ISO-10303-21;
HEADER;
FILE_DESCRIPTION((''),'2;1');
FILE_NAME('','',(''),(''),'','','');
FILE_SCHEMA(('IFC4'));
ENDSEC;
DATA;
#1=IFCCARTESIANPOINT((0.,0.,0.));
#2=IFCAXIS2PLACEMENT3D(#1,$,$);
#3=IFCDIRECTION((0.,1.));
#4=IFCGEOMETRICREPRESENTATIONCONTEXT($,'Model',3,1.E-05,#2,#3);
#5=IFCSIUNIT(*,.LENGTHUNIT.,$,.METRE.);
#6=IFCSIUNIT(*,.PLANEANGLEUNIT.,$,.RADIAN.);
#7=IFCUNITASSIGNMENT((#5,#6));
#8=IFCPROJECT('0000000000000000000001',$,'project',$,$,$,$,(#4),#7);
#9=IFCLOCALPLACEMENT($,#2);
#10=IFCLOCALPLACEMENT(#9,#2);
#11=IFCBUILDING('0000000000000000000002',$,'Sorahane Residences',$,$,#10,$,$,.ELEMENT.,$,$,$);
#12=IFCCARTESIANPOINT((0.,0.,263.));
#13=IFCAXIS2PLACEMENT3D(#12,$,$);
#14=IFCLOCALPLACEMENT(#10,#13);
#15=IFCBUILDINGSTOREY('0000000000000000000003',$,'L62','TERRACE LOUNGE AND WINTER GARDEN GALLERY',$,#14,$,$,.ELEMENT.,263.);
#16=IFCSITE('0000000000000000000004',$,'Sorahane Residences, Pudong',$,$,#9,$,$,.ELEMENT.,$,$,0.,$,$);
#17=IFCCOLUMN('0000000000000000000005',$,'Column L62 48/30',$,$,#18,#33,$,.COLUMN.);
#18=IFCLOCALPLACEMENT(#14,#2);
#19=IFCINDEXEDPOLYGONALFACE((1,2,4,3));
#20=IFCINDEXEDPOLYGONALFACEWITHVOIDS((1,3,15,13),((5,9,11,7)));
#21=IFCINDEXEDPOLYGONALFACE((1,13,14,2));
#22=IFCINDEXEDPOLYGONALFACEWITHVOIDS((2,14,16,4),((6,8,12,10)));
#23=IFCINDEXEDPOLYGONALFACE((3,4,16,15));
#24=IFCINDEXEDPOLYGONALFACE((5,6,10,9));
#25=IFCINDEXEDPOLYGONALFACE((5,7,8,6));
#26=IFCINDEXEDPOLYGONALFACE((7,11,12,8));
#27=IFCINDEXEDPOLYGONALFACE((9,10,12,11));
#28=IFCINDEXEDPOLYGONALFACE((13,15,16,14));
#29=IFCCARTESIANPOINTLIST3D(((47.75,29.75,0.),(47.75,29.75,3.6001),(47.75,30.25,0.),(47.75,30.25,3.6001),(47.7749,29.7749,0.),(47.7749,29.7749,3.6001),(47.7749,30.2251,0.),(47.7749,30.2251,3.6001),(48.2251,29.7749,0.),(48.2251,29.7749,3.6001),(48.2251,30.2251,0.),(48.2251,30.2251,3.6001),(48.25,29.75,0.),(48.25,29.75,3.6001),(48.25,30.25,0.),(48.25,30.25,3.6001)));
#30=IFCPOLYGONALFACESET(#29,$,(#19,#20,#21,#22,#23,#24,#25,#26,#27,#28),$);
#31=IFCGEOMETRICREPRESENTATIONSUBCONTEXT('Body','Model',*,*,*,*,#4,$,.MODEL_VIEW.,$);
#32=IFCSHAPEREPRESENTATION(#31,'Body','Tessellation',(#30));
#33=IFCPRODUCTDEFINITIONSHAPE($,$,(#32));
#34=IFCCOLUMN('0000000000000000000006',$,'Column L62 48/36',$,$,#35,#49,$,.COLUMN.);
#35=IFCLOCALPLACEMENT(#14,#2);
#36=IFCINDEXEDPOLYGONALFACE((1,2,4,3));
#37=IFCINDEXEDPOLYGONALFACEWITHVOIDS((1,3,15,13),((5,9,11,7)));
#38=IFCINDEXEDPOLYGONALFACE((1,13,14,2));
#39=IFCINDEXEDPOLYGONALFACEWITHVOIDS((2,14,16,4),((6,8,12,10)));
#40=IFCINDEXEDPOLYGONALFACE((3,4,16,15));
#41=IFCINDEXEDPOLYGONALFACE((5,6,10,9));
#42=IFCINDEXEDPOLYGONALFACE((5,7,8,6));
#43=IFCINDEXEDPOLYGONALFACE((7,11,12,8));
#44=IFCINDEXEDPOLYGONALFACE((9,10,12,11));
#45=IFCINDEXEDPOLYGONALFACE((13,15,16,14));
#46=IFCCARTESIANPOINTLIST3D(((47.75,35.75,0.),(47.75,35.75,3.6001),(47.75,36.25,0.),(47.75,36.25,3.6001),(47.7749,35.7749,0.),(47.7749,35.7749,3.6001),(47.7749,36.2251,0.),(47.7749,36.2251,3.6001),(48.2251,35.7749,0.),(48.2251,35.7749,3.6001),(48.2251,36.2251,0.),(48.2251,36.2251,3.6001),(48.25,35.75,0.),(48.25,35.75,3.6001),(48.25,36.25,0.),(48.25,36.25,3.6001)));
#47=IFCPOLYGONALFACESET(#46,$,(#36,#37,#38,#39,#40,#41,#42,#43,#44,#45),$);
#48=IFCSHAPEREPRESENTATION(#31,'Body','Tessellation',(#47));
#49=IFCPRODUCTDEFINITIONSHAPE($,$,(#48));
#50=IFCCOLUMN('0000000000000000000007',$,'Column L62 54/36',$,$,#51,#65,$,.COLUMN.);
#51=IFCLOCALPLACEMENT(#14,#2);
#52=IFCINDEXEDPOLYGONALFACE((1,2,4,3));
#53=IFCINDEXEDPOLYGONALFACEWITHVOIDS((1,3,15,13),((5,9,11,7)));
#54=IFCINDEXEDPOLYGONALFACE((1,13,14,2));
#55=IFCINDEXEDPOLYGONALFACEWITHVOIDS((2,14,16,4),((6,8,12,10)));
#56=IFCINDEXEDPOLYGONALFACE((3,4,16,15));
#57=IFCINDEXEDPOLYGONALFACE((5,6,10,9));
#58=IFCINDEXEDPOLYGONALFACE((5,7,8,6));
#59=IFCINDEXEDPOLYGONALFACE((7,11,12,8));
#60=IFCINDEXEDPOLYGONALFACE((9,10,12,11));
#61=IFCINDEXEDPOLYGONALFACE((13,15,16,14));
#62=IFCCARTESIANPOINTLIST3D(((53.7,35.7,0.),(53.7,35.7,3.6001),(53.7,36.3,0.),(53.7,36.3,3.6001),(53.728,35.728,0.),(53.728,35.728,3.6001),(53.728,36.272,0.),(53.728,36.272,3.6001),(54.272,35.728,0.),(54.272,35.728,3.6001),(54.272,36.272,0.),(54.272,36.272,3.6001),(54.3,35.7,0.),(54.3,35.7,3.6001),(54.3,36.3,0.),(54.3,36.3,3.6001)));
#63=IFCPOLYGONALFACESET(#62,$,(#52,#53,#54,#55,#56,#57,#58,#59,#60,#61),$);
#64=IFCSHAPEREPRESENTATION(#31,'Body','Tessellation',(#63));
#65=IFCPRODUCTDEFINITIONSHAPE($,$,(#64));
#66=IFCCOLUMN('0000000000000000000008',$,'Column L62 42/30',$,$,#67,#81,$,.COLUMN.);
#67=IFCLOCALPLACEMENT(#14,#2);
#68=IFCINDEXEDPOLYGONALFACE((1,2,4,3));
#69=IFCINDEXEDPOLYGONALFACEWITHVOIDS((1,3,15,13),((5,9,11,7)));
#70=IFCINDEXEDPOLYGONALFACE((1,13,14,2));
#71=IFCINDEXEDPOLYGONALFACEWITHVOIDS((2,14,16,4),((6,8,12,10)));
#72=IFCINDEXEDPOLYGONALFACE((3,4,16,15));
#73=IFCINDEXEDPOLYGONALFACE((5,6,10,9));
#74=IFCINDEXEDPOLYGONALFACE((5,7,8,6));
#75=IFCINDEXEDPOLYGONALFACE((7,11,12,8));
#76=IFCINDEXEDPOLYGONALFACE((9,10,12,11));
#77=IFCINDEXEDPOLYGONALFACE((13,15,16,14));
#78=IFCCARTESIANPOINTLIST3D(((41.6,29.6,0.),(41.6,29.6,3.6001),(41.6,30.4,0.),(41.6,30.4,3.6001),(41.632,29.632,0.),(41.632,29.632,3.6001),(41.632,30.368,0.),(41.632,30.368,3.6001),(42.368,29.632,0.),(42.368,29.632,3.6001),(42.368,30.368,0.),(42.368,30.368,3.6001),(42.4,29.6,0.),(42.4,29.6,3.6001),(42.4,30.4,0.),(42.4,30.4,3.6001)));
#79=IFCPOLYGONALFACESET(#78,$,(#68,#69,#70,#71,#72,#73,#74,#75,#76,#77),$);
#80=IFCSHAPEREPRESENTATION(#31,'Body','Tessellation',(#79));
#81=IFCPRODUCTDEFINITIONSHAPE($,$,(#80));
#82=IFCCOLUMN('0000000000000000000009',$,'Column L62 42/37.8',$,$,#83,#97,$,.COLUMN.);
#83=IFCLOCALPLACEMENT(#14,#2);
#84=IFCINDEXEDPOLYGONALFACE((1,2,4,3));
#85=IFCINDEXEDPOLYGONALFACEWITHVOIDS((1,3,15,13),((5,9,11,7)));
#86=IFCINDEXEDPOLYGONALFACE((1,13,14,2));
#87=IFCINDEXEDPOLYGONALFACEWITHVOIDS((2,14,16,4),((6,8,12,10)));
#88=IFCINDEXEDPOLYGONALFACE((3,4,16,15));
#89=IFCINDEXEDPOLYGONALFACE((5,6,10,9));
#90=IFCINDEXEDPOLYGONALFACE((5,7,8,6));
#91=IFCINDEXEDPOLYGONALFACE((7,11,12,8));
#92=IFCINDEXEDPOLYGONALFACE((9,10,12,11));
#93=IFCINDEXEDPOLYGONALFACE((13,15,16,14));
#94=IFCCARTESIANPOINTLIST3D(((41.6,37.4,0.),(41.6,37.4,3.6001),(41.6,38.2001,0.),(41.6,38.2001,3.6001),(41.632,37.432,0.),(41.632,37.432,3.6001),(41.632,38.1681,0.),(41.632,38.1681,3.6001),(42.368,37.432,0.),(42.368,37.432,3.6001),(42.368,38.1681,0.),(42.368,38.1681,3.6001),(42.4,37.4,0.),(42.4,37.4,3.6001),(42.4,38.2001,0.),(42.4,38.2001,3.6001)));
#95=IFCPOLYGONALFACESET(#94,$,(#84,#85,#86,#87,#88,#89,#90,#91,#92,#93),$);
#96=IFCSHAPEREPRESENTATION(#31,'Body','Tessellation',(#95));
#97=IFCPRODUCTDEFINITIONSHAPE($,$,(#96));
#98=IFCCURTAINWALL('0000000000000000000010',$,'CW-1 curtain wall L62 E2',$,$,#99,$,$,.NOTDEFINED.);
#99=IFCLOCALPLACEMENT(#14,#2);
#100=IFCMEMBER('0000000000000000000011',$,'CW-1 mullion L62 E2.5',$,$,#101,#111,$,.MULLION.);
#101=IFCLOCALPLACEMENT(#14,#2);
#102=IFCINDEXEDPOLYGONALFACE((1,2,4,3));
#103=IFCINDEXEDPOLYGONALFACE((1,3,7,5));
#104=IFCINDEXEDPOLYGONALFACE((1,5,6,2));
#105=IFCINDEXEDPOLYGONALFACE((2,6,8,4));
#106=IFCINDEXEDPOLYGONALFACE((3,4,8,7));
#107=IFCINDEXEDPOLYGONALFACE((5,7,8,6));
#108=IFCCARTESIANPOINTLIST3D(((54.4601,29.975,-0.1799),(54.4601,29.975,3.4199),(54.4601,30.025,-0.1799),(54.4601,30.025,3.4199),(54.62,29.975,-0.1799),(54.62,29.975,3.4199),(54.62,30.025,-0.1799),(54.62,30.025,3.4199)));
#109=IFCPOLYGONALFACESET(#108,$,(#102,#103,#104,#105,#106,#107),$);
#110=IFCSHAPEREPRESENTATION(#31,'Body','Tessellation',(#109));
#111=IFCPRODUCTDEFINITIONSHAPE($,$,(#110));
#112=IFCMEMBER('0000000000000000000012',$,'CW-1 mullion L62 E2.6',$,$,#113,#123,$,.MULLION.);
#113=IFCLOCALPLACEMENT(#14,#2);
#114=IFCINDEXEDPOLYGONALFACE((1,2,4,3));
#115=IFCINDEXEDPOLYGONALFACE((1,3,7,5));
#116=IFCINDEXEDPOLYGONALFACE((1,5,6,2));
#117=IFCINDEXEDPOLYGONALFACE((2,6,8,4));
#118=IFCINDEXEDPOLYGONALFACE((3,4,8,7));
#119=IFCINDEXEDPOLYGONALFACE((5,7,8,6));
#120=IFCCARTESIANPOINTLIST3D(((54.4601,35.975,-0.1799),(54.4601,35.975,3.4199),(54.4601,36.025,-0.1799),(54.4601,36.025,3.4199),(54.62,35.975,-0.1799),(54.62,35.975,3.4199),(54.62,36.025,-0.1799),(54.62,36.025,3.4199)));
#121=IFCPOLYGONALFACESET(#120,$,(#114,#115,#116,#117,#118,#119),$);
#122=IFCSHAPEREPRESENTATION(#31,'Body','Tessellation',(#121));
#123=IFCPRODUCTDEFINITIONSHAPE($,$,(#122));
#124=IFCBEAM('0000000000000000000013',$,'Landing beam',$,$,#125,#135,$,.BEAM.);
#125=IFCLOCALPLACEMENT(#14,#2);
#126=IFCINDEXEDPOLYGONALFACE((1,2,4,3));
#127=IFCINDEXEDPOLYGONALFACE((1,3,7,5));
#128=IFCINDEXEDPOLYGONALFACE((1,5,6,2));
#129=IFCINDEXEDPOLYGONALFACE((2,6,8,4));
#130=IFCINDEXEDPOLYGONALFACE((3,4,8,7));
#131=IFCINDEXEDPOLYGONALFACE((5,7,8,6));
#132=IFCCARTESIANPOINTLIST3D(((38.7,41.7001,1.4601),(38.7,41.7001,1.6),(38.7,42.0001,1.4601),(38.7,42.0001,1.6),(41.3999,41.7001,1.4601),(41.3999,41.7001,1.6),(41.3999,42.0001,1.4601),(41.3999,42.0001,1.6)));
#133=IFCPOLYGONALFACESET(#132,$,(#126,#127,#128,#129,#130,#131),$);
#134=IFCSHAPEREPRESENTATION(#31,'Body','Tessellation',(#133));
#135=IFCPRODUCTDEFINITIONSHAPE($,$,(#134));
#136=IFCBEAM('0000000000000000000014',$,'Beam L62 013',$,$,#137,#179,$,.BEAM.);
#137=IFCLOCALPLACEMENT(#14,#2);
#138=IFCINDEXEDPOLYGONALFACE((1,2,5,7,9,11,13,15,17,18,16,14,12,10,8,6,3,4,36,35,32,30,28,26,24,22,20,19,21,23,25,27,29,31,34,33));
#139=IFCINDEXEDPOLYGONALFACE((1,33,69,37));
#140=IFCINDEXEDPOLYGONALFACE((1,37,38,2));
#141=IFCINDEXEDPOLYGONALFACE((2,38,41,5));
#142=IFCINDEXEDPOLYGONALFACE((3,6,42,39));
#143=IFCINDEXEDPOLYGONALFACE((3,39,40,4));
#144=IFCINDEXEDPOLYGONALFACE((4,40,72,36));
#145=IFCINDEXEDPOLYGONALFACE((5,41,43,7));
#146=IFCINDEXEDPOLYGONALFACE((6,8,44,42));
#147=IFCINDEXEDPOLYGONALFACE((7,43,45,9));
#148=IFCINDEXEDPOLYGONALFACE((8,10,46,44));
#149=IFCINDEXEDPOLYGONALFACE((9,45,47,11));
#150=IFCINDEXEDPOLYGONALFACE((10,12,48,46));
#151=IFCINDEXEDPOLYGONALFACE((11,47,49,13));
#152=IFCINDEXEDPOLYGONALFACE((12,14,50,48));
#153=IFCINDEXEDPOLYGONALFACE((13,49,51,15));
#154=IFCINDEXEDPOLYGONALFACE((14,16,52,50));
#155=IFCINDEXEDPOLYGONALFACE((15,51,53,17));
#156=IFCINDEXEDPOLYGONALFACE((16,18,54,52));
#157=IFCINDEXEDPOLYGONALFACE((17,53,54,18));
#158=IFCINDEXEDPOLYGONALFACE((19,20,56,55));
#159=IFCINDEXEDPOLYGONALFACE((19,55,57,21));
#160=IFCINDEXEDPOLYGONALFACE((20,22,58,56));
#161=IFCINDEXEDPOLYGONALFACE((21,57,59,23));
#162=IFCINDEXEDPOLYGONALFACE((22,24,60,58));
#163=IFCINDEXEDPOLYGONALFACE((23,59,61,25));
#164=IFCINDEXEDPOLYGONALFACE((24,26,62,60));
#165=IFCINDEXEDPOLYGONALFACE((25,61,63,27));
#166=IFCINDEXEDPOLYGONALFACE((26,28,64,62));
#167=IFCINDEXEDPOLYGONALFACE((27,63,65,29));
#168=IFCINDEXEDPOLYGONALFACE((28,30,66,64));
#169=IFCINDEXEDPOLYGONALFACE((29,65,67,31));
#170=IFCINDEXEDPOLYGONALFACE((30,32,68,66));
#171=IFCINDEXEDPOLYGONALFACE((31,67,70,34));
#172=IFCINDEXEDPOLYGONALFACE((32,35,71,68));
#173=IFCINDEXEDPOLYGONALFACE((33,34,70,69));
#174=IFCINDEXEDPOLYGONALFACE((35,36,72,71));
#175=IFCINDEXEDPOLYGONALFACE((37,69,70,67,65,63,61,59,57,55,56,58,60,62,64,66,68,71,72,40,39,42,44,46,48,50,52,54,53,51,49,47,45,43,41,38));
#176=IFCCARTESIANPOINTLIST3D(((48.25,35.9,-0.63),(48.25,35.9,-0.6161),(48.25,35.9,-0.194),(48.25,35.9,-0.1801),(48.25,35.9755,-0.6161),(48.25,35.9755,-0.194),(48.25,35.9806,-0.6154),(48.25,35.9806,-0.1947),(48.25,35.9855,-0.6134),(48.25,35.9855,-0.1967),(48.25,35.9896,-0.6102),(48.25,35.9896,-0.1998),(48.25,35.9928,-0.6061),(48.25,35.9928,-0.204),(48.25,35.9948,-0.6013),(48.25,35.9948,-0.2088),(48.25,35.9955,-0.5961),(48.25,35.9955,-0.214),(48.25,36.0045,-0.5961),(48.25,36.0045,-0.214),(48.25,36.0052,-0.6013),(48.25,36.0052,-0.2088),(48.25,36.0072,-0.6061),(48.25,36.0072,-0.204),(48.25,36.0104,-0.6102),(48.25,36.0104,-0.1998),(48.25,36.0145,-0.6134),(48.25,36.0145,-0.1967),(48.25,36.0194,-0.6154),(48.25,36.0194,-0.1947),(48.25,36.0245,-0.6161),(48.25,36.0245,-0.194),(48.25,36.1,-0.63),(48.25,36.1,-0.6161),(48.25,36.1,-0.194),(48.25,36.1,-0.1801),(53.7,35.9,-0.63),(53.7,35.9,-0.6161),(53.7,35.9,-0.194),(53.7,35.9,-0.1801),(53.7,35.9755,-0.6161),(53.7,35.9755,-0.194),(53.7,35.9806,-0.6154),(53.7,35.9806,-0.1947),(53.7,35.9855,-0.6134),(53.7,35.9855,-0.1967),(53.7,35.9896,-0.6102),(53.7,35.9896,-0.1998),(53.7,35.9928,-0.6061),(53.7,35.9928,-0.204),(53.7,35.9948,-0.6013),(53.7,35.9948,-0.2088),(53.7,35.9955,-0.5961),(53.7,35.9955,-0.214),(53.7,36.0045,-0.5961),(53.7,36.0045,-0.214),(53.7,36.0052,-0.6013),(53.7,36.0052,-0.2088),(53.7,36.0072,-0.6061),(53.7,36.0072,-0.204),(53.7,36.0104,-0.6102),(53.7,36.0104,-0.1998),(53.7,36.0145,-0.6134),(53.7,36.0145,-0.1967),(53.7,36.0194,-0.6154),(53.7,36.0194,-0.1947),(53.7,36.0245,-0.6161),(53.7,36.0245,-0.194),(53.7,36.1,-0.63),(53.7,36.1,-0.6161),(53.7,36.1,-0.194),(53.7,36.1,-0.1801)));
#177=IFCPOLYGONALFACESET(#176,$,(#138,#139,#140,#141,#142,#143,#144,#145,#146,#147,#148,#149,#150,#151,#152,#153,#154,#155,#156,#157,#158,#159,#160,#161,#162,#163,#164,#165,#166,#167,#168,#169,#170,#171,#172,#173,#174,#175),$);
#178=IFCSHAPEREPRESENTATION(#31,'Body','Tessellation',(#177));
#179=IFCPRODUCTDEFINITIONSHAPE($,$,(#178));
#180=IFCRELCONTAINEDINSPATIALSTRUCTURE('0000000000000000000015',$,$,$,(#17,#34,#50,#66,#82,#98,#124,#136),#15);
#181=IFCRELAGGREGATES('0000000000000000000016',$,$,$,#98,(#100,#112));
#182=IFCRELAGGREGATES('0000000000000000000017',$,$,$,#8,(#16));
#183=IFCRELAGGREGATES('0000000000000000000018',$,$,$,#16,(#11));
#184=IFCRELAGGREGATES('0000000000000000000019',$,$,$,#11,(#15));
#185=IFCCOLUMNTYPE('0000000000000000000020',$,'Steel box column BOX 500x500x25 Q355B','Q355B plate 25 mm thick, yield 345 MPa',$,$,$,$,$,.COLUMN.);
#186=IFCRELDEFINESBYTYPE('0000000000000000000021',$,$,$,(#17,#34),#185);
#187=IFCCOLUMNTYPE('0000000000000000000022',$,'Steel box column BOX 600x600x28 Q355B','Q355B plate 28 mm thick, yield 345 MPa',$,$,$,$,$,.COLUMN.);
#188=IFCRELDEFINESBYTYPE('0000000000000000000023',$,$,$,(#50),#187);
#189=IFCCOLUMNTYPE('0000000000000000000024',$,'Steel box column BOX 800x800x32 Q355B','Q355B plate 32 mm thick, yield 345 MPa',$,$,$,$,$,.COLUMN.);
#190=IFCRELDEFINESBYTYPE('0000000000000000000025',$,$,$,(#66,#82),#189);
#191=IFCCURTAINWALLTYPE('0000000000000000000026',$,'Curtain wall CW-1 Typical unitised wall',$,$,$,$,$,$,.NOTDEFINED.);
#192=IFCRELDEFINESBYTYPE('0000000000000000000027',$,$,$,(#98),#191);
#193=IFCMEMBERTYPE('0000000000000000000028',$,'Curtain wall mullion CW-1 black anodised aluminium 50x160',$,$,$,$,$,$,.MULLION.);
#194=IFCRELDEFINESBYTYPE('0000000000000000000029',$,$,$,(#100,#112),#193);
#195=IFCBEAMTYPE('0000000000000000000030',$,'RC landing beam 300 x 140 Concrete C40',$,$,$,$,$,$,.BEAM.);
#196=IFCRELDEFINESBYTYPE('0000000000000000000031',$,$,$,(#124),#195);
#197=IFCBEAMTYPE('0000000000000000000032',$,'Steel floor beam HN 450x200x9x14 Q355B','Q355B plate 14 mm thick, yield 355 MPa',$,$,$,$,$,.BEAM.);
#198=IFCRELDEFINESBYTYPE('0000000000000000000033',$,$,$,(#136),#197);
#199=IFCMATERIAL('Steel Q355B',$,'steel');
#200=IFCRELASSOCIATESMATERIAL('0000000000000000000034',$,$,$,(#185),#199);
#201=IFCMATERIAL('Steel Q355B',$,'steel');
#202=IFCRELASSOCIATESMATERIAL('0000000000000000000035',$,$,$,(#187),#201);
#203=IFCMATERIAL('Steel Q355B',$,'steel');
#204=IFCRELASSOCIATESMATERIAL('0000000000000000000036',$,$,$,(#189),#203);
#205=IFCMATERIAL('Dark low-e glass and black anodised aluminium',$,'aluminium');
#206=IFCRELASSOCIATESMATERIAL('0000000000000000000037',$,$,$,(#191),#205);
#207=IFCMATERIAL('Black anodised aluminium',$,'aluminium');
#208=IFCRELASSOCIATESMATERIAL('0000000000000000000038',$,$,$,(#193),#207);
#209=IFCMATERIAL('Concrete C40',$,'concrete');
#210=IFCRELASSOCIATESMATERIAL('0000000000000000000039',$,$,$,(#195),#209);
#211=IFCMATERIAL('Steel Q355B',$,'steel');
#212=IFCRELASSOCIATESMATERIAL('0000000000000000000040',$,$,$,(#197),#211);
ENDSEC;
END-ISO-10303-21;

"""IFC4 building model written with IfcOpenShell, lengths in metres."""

from ifc_helpers import new_model, si_unit, direction, frame, origin, origin_2d, place, context, subcontext, project, spatial, rectangle, hollow_rectangle, i_section, extrude, material, material_profile, profile_set, type_object, element, aggregate, save


model = new_model("IFC4")

# Units and contexts
model_context = context("Model", 3, precision=1e-05, world=origin(), true_north=direction((0.0, 1.0)))
body_context = subcontext(model_context, "Body", "Model", "MODEL_VIEW")
ifc_project = project(units=[si_unit("LENGTHUNIT", "METRE"), si_unit("PLANEANGLEUNIT", "RADIAN")], contexts=[model_context])

# Site, building, storey
site_placement = place(None, origin())
site = spatial("IfcSite", under=ifc_project, at=site_placement, Name="Sorahane Residences, Pudong", CompositionType="ELEMENT", RefElevation=0.0)
building_placement = place(site_placement, origin())
building = spatial("IfcBuilding", under=site, at=building_placement, Name="Sorahane Residences", CompositionType="ELEMENT")
storey_placement = place(building_placement, frame((0.0, 0.0, 263.0)))
storey = spatial("IfcBuildingStorey", under=building, at=storey_placement, Name="L62", Description="TERRACE LOUNGE AND WINTER GARDEN GALLERY", CompositionType="ELEMENT", Elevation=263.0)

# Columns
ifc_material_1 = material(Name="Steel Q355B", Category="steel")
ifc_material_profile_1 = material_profile(ifc_material_1, hollow_rectangle(XDim=0.5, YDim=0.5, WallThickness=0.0249, at=origin_2d()), Name="BOX 500x500x25")
ifc_profile_set_1 = profile_set([ifc_material_profile_1], Name="Steel Q355B")
column_type_1 = type_object("IfcColumnType", Name="Steel box column BOX 500x500x25 Q355B", Description="Q355B plate 25 mm thick, yield 345 MPa", PredefinedType="COLUMN", material=ifc_profile_set_1)
for number, where, z_axis, x_axis, name in (
    (1, (48.0, 30.0, 0.0), (0.0, 0.0, 1.0), (1.0, 0.0, 0.0), "Column L62 48/30"),
    (2, (48.0, 36.0, 0.0), (0.0, 0.0, 1.0), (1.0, 0.0, 0.0), "Column L62 48/36"),
):
    element("IfcColumn", number, at=place(storey_placement, frame(where, z_axis=z_axis, x_axis=x_axis)), inside=storey, type_object=column_type_1, Name=name, PredefinedType="COLUMN", context=body_context, shape_type="SweptSolid", body=[
        extrude(hollow_rectangle(XDim=0.5, YDim=0.5, WallThickness=0.0249, at=origin_2d()), origin(), (0.0, 0.0, 1.0), 3.6001),
    ])
ifc_material_2 = material(Name="Steel Q355B", Category="steel")
ifc_material_profile_2 = material_profile(ifc_material_2, hollow_rectangle(XDim=0.6001, YDim=0.6001, WallThickness=0.0281, at=origin_2d()), Name="BOX 600x600x28")
ifc_profile_set_2 = profile_set([ifc_material_profile_2], Name="Steel Q355B")
column_type_2 = type_object("IfcColumnType", Name="Steel box column BOX 600x600x28 Q355B", Description="Q355B plate 28 mm thick, yield 345 MPa", PredefinedType="COLUMN", material=ifc_profile_set_2)
column_placement = place(storey_placement, frame((54.0, 36.0, 0.0), z_axis=(0.0, 0.0, 1.0), x_axis=(1.0, 0.0, 0.0)))
element("IfcColumn", 3, at=column_placement, inside=storey, type_object=column_type_2, Name="Column L62 54/36", PredefinedType="COLUMN", context=body_context, shape_type="SweptSolid", body=[
    extrude(hollow_rectangle(XDim=0.6001, YDim=0.6001, WallThickness=0.0281, at=origin_2d()), origin(), (0.0, 0.0, 1.0), 3.6001),
])
ifc_material_3 = material(Name="Steel Q355B", Category="steel")
ifc_material_profile_3 = material_profile(ifc_material_3, hollow_rectangle(XDim=0.8, YDim=0.8, WallThickness=0.032, at=origin_2d()), Name="BOX 800x800x32")
ifc_profile_set_3 = profile_set([ifc_material_profile_3], Name="Steel Q355B")
column_type_3 = type_object("IfcColumnType", Name="Steel box column BOX 800x800x32 Q355B", Description="Q355B plate 32 mm thick, yield 345 MPa", PredefinedType="COLUMN", material=ifc_profile_set_3)
for number, where, z_axis, x_axis, name in (
    (4, (42.0, 30.0, 0.0), (0.0, 0.0, 1.0), (1.0, 0.0, 0.0), "Column L62 42/30"),
    (5, (42.0, 37.8, 0.0), (0.0, 0.0, 1.0), (1.0, 0.0, 0.0), "Column L62 42/37.8"),
):
    element("IfcColumn", number, at=place(storey_placement, frame(where, z_axis=z_axis, x_axis=x_axis)), inside=storey, type_object=column_type_3, Name=name, PredefinedType="COLUMN", context=body_context, shape_type="SweptSolid", body=[
        extrude(hollow_rectangle(XDim=0.8, YDim=0.8, WallThickness=0.032, at=origin_2d()), origin(), (0.0, 0.0, 1.0), 3.6001),
    ])

# Curtain wall, members
ifc_material_4 = material(Name="Dark low-e glass and black anodised aluminium", Category="aluminium")
curtain_wall_type = type_object("IfcCurtainWallType", Name="Curtain wall CW-1 Typical unitised wall", PredefinedType="NOTDEFINED", material=ifc_material_4)
curtain_wall_placement = place(storey_placement, origin())
curtain_wall = element("IfcCurtainWall", 6, at=curtain_wall_placement, inside=storey, type_object=curtain_wall_type, Name="CW-1 curtain wall L62 E2", PredefinedType="NOTDEFINED")
ifc_material_5 = material(Name="Black anodised aluminium", Category="aluminium")
ifc_material_profile_4 = material_profile(ifc_material_5, rectangle(XDim=0.1599, YDim=0.05, at=origin_2d()), Name="Curtain wall mullion CW-1 black anodised aluminium 50x160")
ifc_profile_set_4 = profile_set([ifc_material_profile_4], Name="Black anodised aluminium")
member_type = type_object("IfcMemberType", Name="Curtain wall mullion CW-1 black anodised aluminium 50x160", PredefinedType="MULLION", material=ifc_profile_set_4)
member_1_placement = place(storey_placement, frame((54.54, 30.0, -0.1799), z_axis=(0.0, 0.0, 1.0), x_axis=(1.0, 0.0, 0.0)))
member_1 = element("IfcMember", 7, at=member_1_placement, type_object=member_type, Name="CW-1 mullion L62 E2.5", PredefinedType="MULLION", context=body_context, shape_type="SweptSolid", body=[
    extrude(rectangle(XDim=0.1599, YDim=0.05, at=origin_2d()), origin(), (0.0, 0.0, 1.0), 3.5999),
])
member_2_placement = place(storey_placement, frame((54.54, 36.0, -0.1799), z_axis=(0.0, 0.0, 1.0), x_axis=(1.0, 0.0, 0.0)))
member_2 = element("IfcMember", 8, at=member_2_placement, type_object=member_type, Name="CW-1 mullion L62 E2.6", PredefinedType="MULLION", context=body_context, shape_type="SweptSolid", body=[
    extrude(rectangle(XDim=0.1599, YDim=0.05, at=origin_2d()), origin(), (0.0, 0.0, 1.0), 3.5999),
])

# Beams
ifc_material_6 = material(Name="Concrete C40", Category="concrete")
ifc_material_profile_5 = material_profile(ifc_material_6, rectangle(XDim=0.3, YDim=0.1399, at=origin_2d()), Name="300x140")
ifc_profile_set_5 = profile_set([ifc_material_profile_5], Name="Concrete C40")
beam_type_1 = type_object("IfcBeamType", Name="RC landing beam 300 x 140 Concrete C40", PredefinedType="BEAM", material=ifc_profile_set_5)
beam_1_placement = place(storey_placement, frame((38.7, 41.8501, 1.53), z_axis=(1.0, 0.0, 0.0), x_axis=(0.0, 1.0, 0.0)))
element("IfcBeam", 9, at=beam_1_placement, inside=storey, type_object=beam_type_1, Name="Landing beam", PredefinedType="BEAM", context=body_context, shape_type="SweptSolid", body=[
    extrude(rectangle(XDim=0.3, YDim=0.1399, at=origin_2d()), origin(), (0.0, 0.0, 1.0), 2.7),
])
ifc_material_7 = material(Name="Steel Q355B", Category="steel")
ifc_material_profile_6 = material_profile(ifc_material_7, i_section(OverallWidth=0.2, OverallDepth=0.45, WebThickness=0.009, FlangeThickness=0.0139, FilletRadius=0.02, at=origin_2d()), Name="HN 450x200x9x14")
ifc_profile_set_6 = profile_set([ifc_material_profile_6], Name="Steel Q355B")
beam_type_2 = type_object("IfcBeamType", Name="Steel floor beam HN 450x200x9x14 Q355B", Description="Q355B plate 14 mm thick, yield 355 MPa", PredefinedType="BEAM", material=ifc_profile_set_6)
beam_2_placement = place(storey_placement, frame((48.25, 36.0, -0.405), z_axis=(1.0, 0.0, 0.0), x_axis=(0.0, 1.0, 0.0)))
element("IfcBeam", 10, at=beam_2_placement, inside=storey, type_object=beam_type_2, Name="Beam L62 013", PredefinedType="BEAM", context=body_context, shape_type="SweptSolid", body=[
    extrude(i_section(OverallWidth=0.2, OverallDepth=0.45, WebThickness=0.009, FlangeThickness=0.0139, FilletRadius=0.02, at=origin_2d()), origin(), (0.0, 0.0, 1.0), 5.45),
])

aggregate(curtain_wall, [member_1, member_2])

save(model, "model.ifc")
